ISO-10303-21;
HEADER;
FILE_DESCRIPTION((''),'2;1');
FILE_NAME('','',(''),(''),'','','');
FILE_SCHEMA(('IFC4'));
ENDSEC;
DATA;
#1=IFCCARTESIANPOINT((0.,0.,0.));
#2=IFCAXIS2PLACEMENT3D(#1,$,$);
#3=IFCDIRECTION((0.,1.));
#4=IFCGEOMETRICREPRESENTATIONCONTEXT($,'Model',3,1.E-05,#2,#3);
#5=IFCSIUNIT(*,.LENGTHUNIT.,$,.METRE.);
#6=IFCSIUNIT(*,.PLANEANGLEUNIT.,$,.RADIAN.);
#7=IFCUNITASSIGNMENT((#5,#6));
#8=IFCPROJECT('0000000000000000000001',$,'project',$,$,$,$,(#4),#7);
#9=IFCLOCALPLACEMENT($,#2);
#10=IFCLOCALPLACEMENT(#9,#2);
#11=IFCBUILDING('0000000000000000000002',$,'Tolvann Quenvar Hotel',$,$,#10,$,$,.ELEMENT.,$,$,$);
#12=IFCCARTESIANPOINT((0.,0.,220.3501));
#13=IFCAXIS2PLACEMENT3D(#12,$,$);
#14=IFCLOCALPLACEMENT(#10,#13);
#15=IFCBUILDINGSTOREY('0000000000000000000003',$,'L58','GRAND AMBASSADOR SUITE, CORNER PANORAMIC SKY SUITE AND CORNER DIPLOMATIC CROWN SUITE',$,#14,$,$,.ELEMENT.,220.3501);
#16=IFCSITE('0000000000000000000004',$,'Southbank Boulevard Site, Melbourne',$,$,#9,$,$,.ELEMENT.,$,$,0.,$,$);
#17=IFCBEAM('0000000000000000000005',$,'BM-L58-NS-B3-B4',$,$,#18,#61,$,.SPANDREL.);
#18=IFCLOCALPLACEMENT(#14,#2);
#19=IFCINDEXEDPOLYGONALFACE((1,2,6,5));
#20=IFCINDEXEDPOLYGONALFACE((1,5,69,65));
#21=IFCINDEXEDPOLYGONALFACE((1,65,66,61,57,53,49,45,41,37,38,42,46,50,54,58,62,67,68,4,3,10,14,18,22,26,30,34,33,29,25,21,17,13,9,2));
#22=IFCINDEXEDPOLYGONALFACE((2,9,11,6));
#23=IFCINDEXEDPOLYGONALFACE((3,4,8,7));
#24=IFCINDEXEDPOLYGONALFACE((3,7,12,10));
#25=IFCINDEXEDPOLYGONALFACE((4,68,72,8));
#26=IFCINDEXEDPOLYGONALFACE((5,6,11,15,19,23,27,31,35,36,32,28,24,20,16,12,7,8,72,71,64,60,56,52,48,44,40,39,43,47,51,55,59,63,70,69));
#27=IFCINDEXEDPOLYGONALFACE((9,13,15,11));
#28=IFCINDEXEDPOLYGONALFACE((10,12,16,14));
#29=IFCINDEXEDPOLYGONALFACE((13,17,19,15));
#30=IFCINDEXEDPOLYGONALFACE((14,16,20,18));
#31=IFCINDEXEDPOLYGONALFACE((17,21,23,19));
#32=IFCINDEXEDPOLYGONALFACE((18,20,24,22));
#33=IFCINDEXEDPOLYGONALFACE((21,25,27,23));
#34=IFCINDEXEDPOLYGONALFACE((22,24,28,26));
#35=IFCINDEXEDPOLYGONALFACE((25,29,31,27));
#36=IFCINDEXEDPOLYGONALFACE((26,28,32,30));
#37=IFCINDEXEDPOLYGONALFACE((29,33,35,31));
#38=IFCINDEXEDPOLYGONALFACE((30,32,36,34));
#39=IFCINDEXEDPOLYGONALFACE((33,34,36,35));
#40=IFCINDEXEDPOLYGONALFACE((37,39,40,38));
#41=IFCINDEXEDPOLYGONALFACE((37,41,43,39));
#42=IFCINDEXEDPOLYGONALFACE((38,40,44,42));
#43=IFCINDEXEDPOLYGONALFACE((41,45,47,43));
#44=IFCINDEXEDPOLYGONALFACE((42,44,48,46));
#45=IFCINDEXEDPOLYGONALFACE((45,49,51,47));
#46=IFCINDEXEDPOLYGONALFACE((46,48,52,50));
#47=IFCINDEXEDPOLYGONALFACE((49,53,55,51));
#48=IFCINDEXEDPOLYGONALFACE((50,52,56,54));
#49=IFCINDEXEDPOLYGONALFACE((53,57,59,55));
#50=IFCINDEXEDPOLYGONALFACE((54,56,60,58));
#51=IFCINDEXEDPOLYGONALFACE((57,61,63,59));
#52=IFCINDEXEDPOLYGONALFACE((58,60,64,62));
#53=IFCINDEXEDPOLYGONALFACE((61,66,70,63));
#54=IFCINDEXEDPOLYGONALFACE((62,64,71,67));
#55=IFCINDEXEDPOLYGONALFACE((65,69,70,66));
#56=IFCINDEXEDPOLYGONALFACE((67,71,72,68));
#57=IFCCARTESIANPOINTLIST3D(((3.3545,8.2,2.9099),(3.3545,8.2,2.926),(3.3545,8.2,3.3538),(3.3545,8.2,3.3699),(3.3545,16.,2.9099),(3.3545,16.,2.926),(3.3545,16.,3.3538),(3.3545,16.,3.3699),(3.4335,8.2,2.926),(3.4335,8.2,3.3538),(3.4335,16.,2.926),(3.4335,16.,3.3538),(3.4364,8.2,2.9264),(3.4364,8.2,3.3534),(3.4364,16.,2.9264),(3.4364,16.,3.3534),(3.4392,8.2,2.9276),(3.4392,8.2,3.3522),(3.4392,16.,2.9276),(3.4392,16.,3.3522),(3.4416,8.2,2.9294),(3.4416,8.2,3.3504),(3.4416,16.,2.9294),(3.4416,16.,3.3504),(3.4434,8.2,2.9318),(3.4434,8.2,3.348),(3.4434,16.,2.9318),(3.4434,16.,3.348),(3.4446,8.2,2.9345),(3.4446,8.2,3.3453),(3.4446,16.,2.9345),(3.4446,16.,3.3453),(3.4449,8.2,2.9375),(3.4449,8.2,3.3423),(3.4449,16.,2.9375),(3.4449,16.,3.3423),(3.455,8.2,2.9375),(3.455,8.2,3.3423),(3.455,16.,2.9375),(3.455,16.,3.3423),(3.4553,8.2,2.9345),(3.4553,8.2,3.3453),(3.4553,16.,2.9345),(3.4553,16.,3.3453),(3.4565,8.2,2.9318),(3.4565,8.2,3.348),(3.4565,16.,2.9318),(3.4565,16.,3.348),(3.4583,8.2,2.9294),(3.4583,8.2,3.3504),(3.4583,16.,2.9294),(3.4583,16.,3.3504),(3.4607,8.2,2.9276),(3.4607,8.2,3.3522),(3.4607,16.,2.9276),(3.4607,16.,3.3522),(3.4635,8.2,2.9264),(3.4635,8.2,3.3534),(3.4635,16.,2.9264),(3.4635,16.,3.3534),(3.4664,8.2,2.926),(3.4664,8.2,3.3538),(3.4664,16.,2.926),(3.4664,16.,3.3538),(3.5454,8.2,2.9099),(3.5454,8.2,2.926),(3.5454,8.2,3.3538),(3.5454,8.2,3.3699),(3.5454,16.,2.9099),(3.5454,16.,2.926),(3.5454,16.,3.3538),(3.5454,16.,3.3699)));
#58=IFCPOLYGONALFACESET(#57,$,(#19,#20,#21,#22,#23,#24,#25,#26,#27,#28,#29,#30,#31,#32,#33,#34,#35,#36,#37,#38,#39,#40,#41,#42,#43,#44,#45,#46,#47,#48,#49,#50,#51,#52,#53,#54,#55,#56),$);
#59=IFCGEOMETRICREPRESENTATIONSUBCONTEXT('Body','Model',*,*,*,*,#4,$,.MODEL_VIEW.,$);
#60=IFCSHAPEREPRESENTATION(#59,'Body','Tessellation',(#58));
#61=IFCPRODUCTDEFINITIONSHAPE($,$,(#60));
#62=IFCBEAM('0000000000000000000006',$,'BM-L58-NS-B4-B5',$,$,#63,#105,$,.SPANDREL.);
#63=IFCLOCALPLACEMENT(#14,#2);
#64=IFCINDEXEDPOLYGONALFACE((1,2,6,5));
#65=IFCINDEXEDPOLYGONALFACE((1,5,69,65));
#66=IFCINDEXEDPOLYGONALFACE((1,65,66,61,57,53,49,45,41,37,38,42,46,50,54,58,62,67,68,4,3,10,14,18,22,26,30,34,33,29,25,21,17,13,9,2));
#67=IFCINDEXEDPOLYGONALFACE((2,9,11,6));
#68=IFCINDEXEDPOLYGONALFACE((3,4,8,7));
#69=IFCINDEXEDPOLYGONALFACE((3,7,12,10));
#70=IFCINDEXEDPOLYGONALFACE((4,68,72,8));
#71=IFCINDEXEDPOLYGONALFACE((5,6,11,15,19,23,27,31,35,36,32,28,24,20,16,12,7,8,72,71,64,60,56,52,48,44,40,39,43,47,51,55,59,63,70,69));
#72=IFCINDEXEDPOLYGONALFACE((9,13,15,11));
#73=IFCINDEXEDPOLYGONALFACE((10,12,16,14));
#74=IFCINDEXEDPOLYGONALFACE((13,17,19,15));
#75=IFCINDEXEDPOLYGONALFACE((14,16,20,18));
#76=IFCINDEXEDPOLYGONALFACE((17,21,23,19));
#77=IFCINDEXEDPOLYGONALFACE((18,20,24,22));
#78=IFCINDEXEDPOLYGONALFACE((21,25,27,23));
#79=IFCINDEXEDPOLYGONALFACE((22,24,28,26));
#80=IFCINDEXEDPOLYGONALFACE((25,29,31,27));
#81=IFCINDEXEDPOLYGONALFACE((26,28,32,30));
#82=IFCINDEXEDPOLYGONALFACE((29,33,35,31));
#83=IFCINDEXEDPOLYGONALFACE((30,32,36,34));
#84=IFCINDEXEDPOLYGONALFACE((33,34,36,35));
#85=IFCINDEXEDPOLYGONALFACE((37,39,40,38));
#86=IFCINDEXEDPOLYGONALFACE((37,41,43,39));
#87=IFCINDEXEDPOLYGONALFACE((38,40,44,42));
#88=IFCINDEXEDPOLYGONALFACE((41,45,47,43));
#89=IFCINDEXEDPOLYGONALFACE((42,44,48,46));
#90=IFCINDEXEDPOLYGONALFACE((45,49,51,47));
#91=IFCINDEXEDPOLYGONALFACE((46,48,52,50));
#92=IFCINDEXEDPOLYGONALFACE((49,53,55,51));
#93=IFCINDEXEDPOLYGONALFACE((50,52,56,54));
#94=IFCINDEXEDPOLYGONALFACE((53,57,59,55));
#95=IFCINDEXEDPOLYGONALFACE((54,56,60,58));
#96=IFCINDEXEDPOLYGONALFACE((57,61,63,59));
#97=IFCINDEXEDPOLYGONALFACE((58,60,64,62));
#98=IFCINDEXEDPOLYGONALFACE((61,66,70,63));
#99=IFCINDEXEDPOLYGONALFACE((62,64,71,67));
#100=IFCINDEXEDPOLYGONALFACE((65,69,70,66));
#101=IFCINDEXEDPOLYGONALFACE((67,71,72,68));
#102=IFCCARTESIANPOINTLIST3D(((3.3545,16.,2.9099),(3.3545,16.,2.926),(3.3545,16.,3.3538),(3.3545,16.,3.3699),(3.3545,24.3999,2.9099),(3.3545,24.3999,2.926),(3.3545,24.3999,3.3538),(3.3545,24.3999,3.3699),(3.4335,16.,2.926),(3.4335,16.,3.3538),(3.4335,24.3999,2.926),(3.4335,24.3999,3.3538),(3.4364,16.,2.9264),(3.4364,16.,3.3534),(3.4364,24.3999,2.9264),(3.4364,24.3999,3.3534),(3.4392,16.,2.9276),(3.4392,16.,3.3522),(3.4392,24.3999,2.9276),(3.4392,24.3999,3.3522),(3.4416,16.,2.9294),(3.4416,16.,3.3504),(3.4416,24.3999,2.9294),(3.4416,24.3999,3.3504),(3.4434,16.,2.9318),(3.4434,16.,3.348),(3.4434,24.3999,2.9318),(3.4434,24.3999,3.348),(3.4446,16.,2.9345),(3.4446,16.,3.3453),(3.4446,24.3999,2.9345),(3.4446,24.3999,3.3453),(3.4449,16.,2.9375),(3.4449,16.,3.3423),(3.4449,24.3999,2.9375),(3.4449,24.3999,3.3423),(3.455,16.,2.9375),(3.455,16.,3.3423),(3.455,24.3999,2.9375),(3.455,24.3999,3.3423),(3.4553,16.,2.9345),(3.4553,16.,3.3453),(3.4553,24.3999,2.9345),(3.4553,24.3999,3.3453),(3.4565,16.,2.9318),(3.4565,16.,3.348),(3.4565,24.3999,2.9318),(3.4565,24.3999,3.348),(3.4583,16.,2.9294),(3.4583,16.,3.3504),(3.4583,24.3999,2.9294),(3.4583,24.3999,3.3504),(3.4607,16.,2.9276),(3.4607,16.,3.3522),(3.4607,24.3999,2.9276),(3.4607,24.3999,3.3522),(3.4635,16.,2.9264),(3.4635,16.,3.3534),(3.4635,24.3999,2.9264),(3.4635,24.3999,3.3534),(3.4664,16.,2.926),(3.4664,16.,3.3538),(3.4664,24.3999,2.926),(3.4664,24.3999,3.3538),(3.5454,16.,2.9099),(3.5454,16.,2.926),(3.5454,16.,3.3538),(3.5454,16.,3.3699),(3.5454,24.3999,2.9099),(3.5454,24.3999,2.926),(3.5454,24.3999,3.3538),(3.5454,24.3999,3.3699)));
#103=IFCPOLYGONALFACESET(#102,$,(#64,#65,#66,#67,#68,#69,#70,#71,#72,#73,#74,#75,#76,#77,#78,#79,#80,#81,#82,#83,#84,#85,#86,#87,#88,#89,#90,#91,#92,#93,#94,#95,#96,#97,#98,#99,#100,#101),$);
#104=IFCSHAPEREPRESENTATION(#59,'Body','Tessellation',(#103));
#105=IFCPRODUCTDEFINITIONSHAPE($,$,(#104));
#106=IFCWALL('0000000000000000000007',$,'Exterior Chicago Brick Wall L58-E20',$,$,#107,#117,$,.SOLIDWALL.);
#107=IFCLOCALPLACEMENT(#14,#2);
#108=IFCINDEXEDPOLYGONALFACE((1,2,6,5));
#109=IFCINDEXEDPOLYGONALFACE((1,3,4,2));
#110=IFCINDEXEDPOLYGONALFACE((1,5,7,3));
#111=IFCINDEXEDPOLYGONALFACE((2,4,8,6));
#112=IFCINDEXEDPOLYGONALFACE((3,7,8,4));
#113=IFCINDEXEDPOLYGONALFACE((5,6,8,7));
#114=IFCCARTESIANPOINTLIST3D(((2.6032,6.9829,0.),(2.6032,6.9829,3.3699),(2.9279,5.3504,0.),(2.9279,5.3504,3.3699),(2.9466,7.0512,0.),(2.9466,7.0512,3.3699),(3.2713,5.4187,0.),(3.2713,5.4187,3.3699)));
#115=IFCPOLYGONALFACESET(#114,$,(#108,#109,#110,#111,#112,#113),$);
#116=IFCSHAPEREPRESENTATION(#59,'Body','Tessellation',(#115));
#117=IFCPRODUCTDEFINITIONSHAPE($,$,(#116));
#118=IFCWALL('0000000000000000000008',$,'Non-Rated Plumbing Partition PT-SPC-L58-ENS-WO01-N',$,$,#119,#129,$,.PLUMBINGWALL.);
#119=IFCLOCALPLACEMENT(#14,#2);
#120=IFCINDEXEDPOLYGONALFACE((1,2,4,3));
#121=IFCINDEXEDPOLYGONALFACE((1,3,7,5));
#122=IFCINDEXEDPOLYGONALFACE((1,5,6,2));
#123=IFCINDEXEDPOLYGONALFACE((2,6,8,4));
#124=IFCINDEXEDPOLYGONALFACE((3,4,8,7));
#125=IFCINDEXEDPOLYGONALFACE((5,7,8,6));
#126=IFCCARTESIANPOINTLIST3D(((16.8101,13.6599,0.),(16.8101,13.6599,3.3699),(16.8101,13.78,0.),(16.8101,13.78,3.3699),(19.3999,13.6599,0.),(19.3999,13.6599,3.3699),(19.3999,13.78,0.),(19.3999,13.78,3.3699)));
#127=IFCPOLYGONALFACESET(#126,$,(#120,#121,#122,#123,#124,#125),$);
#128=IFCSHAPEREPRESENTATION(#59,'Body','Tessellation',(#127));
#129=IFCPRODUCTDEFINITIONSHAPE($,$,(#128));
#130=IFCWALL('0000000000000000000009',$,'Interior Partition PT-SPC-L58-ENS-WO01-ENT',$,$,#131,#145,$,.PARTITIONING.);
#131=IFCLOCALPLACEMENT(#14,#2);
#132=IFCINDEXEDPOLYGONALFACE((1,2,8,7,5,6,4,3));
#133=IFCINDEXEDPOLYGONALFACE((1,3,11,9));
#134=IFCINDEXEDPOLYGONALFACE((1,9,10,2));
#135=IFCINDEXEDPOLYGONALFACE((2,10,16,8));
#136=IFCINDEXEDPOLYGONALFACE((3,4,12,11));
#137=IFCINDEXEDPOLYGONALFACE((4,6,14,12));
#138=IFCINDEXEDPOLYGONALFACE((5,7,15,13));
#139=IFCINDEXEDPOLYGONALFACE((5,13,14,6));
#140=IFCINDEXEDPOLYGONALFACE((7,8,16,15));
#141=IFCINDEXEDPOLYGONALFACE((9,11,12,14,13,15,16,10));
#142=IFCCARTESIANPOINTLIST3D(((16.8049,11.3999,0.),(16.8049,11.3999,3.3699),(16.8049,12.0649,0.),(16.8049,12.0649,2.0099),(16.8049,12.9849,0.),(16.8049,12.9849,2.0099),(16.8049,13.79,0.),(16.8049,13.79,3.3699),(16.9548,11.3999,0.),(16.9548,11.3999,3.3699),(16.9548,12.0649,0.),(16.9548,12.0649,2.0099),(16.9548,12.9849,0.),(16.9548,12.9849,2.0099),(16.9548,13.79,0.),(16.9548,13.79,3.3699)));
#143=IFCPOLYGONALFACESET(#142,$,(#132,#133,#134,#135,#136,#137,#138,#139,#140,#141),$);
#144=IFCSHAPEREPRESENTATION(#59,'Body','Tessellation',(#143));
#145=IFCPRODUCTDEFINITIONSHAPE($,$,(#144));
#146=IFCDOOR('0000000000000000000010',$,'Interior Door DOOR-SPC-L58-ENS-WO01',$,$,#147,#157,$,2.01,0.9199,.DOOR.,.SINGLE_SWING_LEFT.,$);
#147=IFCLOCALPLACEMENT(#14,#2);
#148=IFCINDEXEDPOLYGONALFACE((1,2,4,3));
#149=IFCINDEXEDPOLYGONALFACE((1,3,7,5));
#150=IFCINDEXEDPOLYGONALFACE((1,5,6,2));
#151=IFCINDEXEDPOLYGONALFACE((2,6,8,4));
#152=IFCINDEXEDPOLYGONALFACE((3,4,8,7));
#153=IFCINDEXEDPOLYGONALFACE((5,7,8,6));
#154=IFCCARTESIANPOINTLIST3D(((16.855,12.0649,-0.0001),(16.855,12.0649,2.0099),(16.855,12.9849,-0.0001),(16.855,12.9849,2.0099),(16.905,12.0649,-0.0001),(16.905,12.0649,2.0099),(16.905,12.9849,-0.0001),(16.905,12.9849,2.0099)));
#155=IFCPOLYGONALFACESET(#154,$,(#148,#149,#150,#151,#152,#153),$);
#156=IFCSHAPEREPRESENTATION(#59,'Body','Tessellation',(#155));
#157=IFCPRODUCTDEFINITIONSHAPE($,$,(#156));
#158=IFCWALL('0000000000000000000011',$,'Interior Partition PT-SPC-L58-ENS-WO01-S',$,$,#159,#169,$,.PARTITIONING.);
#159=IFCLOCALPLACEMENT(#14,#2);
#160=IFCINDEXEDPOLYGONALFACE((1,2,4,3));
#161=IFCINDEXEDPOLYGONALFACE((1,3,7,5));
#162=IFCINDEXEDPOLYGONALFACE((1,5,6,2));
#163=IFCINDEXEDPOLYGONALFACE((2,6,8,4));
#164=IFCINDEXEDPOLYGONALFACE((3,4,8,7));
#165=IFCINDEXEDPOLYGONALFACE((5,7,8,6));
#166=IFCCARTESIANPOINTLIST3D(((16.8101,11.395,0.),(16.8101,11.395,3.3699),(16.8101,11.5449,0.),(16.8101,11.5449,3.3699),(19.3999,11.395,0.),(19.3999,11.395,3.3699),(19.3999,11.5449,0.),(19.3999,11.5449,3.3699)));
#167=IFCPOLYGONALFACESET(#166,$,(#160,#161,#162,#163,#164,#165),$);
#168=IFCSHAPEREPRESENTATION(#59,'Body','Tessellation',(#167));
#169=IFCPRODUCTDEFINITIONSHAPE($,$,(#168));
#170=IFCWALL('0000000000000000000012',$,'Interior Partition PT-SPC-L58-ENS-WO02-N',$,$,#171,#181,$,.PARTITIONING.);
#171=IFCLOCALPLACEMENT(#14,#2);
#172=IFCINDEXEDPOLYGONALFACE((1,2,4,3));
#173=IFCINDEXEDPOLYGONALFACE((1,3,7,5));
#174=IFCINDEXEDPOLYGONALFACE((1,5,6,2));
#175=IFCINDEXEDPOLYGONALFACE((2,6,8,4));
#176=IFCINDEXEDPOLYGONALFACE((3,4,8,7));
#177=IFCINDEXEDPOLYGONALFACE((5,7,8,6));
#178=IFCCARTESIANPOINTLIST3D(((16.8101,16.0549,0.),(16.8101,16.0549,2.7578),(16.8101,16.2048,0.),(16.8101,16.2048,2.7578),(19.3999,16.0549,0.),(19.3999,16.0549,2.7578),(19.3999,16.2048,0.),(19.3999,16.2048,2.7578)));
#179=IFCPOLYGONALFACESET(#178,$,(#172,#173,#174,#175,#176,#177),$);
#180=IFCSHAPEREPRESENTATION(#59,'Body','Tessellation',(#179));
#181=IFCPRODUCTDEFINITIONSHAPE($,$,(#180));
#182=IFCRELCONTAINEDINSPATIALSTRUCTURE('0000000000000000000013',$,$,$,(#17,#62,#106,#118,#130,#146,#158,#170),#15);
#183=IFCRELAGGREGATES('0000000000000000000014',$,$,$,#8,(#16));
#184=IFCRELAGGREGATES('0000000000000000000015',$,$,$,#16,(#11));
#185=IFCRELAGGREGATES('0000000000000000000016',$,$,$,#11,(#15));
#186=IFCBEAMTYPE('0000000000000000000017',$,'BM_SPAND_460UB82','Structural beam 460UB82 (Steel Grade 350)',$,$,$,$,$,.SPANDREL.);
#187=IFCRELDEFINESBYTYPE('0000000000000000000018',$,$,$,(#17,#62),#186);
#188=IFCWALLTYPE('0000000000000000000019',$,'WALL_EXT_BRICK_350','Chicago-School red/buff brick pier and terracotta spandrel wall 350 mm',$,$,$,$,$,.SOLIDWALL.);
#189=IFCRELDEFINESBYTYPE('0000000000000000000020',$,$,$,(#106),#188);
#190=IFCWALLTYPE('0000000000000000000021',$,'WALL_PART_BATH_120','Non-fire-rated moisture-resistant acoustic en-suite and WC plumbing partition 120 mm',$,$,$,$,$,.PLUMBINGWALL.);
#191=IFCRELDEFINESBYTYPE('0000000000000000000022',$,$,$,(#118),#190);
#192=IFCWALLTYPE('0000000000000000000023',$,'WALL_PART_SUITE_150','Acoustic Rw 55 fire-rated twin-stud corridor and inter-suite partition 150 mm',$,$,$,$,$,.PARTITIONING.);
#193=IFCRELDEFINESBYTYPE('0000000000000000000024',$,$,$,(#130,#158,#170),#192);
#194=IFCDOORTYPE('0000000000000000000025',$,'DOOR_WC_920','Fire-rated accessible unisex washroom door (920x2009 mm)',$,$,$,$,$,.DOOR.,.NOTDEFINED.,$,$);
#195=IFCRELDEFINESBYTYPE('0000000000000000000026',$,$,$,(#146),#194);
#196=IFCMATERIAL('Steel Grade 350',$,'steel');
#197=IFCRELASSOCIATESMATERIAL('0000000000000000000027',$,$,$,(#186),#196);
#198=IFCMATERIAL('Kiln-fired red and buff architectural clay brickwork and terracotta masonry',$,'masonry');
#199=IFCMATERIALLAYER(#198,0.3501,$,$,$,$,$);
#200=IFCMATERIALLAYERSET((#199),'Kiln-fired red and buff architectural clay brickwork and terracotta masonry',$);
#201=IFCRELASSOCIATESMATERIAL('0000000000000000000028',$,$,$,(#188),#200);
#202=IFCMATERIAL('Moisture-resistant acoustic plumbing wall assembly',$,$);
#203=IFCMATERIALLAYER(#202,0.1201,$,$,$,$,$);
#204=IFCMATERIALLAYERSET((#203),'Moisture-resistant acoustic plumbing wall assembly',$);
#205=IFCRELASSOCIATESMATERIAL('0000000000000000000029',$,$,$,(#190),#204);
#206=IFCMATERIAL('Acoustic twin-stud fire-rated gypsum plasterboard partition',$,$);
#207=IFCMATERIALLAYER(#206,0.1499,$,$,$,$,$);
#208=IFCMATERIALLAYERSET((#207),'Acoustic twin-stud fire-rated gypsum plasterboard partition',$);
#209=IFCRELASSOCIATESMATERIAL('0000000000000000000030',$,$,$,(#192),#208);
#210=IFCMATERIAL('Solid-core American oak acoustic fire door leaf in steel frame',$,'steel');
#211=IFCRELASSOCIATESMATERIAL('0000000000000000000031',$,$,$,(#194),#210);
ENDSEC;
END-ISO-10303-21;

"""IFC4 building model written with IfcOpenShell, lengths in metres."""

from ifc_helpers import new_model, si_unit, direction, frame, frame_2d, origin, origin_2d, place, context, subcontext, project, spatial, rectangle, i_section, extrude, source, transform, mapped, material, layer, layer_set, material_profile, profile_set, type_object, type_shapes, element, fill, save


model = new_model("IFC4")

# Units and contexts
model_context = context("Model", 3, precision=1e-05, world=origin(), true_north=direction((0.0, 1.0)))
body_context = subcontext(model_context, "Body", "Model", "MODEL_VIEW")
ifc_project = project(units=[si_unit("LENGTHUNIT", "METRE"), si_unit("PLANEANGLEUNIT", "RADIAN")], contexts=[model_context])

# Site, building, storey
site_placement = place(None, origin())
site = spatial("IfcSite", under=ifc_project, at=site_placement, Name="Southbank Boulevard Site, Melbourne", CompositionType="ELEMENT", RefElevation=0.0)
building_placement = place(site_placement, origin())
building = spatial("IfcBuilding", under=site, at=building_placement, Name="Tolvann Quenvar Hotel", CompositionType="ELEMENT")
storey_placement = place(building_placement, frame((0.0, 0.0, 220.3501)))
storey = spatial("IfcBuildingStorey", under=building, at=storey_placement, Name="L58", Description="GRAND AMBASSADOR SUITE, CORNER PANORAMIC SKY SUITE AND CORNER DIPLOMATIC CROWN SUITE", CompositionType="ELEMENT", Elevation=220.3501)

# Shared definitions
ifc_material_1 = material(Name="Steel Grade 350", Category="steel")

# Beams
ifc_material_profile_1 = material_profile(ifc_material_1, i_section(OverallWidth=0.1909, OverallDepth=0.46, WebThickness=0.01, FlangeThickness=0.0161, FilletRadius=0.0115, at=origin_2d()), Name="460UB82")
ifc_profile_set_1 = profile_set([ifc_material_profile_1], Name="Steel Grade 350")
beam_type_1 = type_object("IfcBeamType", Name="BM_SPAND_460UB82", Description="Structural beam 460UB82 (Steel Grade 350)", PredefinedType="SPANDREL", material=ifc_profile_set_1)
shared_shape_1 = source(origin(), body_context, "Body", "SweptSolid", [
    extrude(i_section(OverallWidth=0.1909, OverallDepth=0.46, WebThickness=0.01, FlangeThickness=0.0161, FilletRadius=0.0115, at=origin_2d()), origin(), (0.0, 0.0, 1.0), 7.8),
])
beam_1_placement = place(storey_placement, frame((3.45, 8.2, 3.1399), z_axis=(0.0, 1.0, 0.0), x_axis=(-1.0, 0.0, 0.0)))
element("IfcBeam", 1, at=beam_1_placement, inside=storey, type_object=beam_type_1, Name="BM-L58-NS-B3-B4", PredefinedType="SPANDREL", context=body_context, shape_type="MappedRepresentation", body=[
    mapped(shared_shape_1, transform((0.0, 0.0, 0.0), x_axis=(1.0, 0.0, 0.0), y_axis=(0.0, 1.0, 0.0), z_axis=(0.0, 0.0, 1.0), scale=1.0)),
])
shared_shape_2 = source(origin(), body_context, "Body", "SweptSolid", [
    extrude(i_section(OverallWidth=0.1909, OverallDepth=0.46, WebThickness=0.01, FlangeThickness=0.0161, FilletRadius=0.0115, at=origin_2d()), origin(), (0.0, 0.0, 1.0), 8.3999),
])
type_shapes(beam_type_1, [shared_shape_1, shared_shape_2])
beam_2_placement = place(storey_placement, frame((3.45, 16.0, 3.1399), z_axis=(0.0, 1.0, 0.0), x_axis=(-1.0, 0.0, 0.0)))
element("IfcBeam", 2, at=beam_2_placement, inside=storey, type_object=beam_type_1, Name="BM-L58-NS-B4-B5", PredefinedType="SPANDREL", context=body_context, shape_type="MappedRepresentation", body=[
    mapped(shared_shape_2, transform((0.0, 0.0, 0.0), x_axis=(1.0, 0.0, 0.0), y_axis=(0.0, 1.0, 0.0), z_axis=(0.0, 0.0, 1.0), scale=1.0)),
])

# Walls
ifc_material_2 = material(Name="Kiln-fired red and buff architectural clay brickwork and terracotta masonry", Category="masonry")
ifc_layer_1 = layer(ifc_material_2, 0.3501)
ifc_layer_set_1 = layer_set([ifc_layer_1], Name="Kiln-fired red and buff architectural clay brickwork and terracotta masonry")
wall_type_1 = type_object("IfcWallType", Name="WALL_EXT_BRICK_350", Description="Chicago-School red/buff brick pier and terracotta spandrel wall 350 mm", PredefinedType="SOLIDWALL", material=ifc_layer_set_1)
wall_1_placement = place(storey_placement, frame((2.7749, 7.0171, 0.0), z_axis=(0.0, 0.0, 1.0), x_axis=(0.195072, -0.980789, 0.0)))
element("IfcWall", 3, at=wall_1_placement, inside=storey, type_object=wall_type_1, Name="Exterior Chicago Brick Wall L58-E20", PredefinedType="SOLIDWALL", context=body_context, shape_type="SweptSolid", body=[
    extrude(rectangle(XDim=1.6646, YDim=0.3501, at=frame_2d((0.8323, 0.0))), origin(), (0.0, 0.0, 1.0), 3.3699),
])
ifc_material_3 = material(Name="Moisture-resistant acoustic plumbing wall assembly")
ifc_layer_2 = layer(ifc_material_3, 0.1201)
ifc_layer_set_2 = layer_set([ifc_layer_2], Name="Moisture-resistant acoustic plumbing wall assembly")
wall_type_2 = type_object("IfcWallType", Name="WALL_PART_BATH_120", Description="Non-fire-rated moisture-resistant acoustic en-suite and WC plumbing partition 120 mm", PredefinedType="PLUMBINGWALL", material=ifc_layer_set_2)
wall_2_placement = place(storey_placement, frame((16.8101, 13.72, 0.0), z_axis=(0.0, 0.0, 1.0), x_axis=(1.0, 0.0, 0.0)))
element("IfcWall", 4, at=wall_2_placement, inside=storey, type_object=wall_type_2, Name="Non-Rated Plumbing Partition PT-SPC-L58-ENS-WO01-N", PredefinedType="PLUMBINGWALL", context=body_context, shape_type="SweptSolid", body=[
    extrude(rectangle(XDim=2.5898, YDim=0.1201, at=frame_2d((1.2949, 0.0))), origin(), (0.0, 0.0, 1.0), 3.3699),
])

# Wall, opening, door
ifc_material_4 = material(Name="Acoustic twin-stud fire-rated gypsum plasterboard partition")
ifc_layer_3 = layer(ifc_material_4, 0.1499)
ifc_layer_set_3 = layer_set([ifc_layer_3], Name="Acoustic twin-stud fire-rated gypsum plasterboard partition")
wall_type_3 = type_object("IfcWallType", Name="WALL_PART_SUITE_150", Description="Acoustic Rw 55 fire-rated twin-stud corridor and inter-suite partition 150 mm", PredefinedType="PARTITIONING", material=ifc_layer_set_3)
wall_3_placement = place(storey_placement, frame((16.8799, 11.3999, 0.0), z_axis=(0.0, 0.0, 1.0), x_axis=(0.0, 1.0, 0.0)))
wall_3 = element("IfcWall", 5, at=wall_3_placement, inside=storey, type_object=wall_type_3, Name="Interior Partition PT-SPC-L58-ENS-WO01-ENT", PredefinedType="PARTITIONING", context=body_context, shape_type="SweptSolid", body=[
    extrude(rectangle(XDim=2.3901, YDim=0.1499, at=frame_2d((1.1951, 0.0))), origin(), (0.0, 0.0, 1.0), 3.3699),
])
opening_placement = place(wall_3_placement, frame((0.665, 0.0, 0.0)))
opening = element("IfcOpeningElement", 6, at=opening_placement, cuts=wall_3, PredefinedType="OPENING", context=body_context, shape_type="SweptSolid", body=[
    extrude(rectangle(XDim=0.9199, YDim=2.01, at=frame_2d((0.46, 1.0049))), frame((0.0, 0.085, 0.0), z_axis=(0.0, -1.0, 0.0), x_axis=(1.0, 0.0, 0.0)), (0.0, 0.0, 1.0), 0.1699),
])
ifc_material_5 = material(Name="Solid-core American oak acoustic fire door leaf in steel frame", Category="steel")
door_type = type_object("IfcDoorType", Name="DOOR_WC_920", Description="Fire-rated accessible unisex washroom door (920x2009 mm)", OperationType="NOTDEFINED", PredefinedType="DOOR", material=ifc_material_5)
shared_shape_3 = source(origin(), body_context, "Body", "SweptSolid", [
    extrude(rectangle(XDim=0.9199, YDim=2.01, at=frame_2d((0.46, 1.0049))), frame((0.0, 0.0249, 0.0), z_axis=(0.0, -1.0, 0.0), x_axis=(1.0, 0.0, 0.0)), (0.0, 0.0, 1.0), 0.05),
])
type_shapes(door_type, [shared_shape_3])
door_placement = place(opening_placement, origin())
door = element("IfcDoor", 7, at=door_placement, inside=storey, type_object=door_type, Name="Interior Door DOOR-SPC-L58-ENS-WO01", OperationType="SINGLE_SWING_LEFT", OverallHeight=2.01, OverallWidth=0.9199, PredefinedType="DOOR", context=body_context, shape_type="MappedRepresentation", body=[
    mapped(shared_shape_3, transform((0.0, 0.0, 0.0), x_axis=(1.0, 0.0, 0.0), y_axis=(0.0, 1.0, 0.0), z_axis=(0.0, 0.0, 1.0), scale=1.0)),
])
fill(opening, door)

# Walls
wall_4_placement = place(storey_placement, frame((16.8101, 11.47, 0.0), z_axis=(0.0, 0.0, 1.0), x_axis=(1.0, 0.0, 0.0)))
element("IfcWall", 8, at=wall_4_placement, inside=storey, type_object=wall_type_3, Name="Interior Partition PT-SPC-L58-ENS-WO01-S", PredefinedType="PARTITIONING", context=body_context, shape_type="SweptSolid", body=[
    extrude(rectangle(XDim=2.5898, YDim=0.1499, at=frame_2d((1.2949, 0.0))), origin(), (0.0, 0.0, 1.0), 3.3699),
])
wall_5_placement = place(storey_placement, frame((16.8101, 16.1299, 0.0), z_axis=(0.0, 0.0, 1.0), x_axis=(1.0, 0.0, 0.0)))
element("IfcWall", 9, at=wall_5_placement, inside=storey, type_object=wall_type_3, Name="Interior Partition PT-SPC-L58-ENS-WO02-N", PredefinedType="PARTITIONING", context=body_context, shape_type="SweptSolid", body=[
    extrude(rectangle(XDim=2.5898, YDim=0.1499, at=frame_2d((1.2949, 0.0))), origin(), (0.0, 0.0, 1.0), 2.7578),
])

save(model, "model.ifc")
